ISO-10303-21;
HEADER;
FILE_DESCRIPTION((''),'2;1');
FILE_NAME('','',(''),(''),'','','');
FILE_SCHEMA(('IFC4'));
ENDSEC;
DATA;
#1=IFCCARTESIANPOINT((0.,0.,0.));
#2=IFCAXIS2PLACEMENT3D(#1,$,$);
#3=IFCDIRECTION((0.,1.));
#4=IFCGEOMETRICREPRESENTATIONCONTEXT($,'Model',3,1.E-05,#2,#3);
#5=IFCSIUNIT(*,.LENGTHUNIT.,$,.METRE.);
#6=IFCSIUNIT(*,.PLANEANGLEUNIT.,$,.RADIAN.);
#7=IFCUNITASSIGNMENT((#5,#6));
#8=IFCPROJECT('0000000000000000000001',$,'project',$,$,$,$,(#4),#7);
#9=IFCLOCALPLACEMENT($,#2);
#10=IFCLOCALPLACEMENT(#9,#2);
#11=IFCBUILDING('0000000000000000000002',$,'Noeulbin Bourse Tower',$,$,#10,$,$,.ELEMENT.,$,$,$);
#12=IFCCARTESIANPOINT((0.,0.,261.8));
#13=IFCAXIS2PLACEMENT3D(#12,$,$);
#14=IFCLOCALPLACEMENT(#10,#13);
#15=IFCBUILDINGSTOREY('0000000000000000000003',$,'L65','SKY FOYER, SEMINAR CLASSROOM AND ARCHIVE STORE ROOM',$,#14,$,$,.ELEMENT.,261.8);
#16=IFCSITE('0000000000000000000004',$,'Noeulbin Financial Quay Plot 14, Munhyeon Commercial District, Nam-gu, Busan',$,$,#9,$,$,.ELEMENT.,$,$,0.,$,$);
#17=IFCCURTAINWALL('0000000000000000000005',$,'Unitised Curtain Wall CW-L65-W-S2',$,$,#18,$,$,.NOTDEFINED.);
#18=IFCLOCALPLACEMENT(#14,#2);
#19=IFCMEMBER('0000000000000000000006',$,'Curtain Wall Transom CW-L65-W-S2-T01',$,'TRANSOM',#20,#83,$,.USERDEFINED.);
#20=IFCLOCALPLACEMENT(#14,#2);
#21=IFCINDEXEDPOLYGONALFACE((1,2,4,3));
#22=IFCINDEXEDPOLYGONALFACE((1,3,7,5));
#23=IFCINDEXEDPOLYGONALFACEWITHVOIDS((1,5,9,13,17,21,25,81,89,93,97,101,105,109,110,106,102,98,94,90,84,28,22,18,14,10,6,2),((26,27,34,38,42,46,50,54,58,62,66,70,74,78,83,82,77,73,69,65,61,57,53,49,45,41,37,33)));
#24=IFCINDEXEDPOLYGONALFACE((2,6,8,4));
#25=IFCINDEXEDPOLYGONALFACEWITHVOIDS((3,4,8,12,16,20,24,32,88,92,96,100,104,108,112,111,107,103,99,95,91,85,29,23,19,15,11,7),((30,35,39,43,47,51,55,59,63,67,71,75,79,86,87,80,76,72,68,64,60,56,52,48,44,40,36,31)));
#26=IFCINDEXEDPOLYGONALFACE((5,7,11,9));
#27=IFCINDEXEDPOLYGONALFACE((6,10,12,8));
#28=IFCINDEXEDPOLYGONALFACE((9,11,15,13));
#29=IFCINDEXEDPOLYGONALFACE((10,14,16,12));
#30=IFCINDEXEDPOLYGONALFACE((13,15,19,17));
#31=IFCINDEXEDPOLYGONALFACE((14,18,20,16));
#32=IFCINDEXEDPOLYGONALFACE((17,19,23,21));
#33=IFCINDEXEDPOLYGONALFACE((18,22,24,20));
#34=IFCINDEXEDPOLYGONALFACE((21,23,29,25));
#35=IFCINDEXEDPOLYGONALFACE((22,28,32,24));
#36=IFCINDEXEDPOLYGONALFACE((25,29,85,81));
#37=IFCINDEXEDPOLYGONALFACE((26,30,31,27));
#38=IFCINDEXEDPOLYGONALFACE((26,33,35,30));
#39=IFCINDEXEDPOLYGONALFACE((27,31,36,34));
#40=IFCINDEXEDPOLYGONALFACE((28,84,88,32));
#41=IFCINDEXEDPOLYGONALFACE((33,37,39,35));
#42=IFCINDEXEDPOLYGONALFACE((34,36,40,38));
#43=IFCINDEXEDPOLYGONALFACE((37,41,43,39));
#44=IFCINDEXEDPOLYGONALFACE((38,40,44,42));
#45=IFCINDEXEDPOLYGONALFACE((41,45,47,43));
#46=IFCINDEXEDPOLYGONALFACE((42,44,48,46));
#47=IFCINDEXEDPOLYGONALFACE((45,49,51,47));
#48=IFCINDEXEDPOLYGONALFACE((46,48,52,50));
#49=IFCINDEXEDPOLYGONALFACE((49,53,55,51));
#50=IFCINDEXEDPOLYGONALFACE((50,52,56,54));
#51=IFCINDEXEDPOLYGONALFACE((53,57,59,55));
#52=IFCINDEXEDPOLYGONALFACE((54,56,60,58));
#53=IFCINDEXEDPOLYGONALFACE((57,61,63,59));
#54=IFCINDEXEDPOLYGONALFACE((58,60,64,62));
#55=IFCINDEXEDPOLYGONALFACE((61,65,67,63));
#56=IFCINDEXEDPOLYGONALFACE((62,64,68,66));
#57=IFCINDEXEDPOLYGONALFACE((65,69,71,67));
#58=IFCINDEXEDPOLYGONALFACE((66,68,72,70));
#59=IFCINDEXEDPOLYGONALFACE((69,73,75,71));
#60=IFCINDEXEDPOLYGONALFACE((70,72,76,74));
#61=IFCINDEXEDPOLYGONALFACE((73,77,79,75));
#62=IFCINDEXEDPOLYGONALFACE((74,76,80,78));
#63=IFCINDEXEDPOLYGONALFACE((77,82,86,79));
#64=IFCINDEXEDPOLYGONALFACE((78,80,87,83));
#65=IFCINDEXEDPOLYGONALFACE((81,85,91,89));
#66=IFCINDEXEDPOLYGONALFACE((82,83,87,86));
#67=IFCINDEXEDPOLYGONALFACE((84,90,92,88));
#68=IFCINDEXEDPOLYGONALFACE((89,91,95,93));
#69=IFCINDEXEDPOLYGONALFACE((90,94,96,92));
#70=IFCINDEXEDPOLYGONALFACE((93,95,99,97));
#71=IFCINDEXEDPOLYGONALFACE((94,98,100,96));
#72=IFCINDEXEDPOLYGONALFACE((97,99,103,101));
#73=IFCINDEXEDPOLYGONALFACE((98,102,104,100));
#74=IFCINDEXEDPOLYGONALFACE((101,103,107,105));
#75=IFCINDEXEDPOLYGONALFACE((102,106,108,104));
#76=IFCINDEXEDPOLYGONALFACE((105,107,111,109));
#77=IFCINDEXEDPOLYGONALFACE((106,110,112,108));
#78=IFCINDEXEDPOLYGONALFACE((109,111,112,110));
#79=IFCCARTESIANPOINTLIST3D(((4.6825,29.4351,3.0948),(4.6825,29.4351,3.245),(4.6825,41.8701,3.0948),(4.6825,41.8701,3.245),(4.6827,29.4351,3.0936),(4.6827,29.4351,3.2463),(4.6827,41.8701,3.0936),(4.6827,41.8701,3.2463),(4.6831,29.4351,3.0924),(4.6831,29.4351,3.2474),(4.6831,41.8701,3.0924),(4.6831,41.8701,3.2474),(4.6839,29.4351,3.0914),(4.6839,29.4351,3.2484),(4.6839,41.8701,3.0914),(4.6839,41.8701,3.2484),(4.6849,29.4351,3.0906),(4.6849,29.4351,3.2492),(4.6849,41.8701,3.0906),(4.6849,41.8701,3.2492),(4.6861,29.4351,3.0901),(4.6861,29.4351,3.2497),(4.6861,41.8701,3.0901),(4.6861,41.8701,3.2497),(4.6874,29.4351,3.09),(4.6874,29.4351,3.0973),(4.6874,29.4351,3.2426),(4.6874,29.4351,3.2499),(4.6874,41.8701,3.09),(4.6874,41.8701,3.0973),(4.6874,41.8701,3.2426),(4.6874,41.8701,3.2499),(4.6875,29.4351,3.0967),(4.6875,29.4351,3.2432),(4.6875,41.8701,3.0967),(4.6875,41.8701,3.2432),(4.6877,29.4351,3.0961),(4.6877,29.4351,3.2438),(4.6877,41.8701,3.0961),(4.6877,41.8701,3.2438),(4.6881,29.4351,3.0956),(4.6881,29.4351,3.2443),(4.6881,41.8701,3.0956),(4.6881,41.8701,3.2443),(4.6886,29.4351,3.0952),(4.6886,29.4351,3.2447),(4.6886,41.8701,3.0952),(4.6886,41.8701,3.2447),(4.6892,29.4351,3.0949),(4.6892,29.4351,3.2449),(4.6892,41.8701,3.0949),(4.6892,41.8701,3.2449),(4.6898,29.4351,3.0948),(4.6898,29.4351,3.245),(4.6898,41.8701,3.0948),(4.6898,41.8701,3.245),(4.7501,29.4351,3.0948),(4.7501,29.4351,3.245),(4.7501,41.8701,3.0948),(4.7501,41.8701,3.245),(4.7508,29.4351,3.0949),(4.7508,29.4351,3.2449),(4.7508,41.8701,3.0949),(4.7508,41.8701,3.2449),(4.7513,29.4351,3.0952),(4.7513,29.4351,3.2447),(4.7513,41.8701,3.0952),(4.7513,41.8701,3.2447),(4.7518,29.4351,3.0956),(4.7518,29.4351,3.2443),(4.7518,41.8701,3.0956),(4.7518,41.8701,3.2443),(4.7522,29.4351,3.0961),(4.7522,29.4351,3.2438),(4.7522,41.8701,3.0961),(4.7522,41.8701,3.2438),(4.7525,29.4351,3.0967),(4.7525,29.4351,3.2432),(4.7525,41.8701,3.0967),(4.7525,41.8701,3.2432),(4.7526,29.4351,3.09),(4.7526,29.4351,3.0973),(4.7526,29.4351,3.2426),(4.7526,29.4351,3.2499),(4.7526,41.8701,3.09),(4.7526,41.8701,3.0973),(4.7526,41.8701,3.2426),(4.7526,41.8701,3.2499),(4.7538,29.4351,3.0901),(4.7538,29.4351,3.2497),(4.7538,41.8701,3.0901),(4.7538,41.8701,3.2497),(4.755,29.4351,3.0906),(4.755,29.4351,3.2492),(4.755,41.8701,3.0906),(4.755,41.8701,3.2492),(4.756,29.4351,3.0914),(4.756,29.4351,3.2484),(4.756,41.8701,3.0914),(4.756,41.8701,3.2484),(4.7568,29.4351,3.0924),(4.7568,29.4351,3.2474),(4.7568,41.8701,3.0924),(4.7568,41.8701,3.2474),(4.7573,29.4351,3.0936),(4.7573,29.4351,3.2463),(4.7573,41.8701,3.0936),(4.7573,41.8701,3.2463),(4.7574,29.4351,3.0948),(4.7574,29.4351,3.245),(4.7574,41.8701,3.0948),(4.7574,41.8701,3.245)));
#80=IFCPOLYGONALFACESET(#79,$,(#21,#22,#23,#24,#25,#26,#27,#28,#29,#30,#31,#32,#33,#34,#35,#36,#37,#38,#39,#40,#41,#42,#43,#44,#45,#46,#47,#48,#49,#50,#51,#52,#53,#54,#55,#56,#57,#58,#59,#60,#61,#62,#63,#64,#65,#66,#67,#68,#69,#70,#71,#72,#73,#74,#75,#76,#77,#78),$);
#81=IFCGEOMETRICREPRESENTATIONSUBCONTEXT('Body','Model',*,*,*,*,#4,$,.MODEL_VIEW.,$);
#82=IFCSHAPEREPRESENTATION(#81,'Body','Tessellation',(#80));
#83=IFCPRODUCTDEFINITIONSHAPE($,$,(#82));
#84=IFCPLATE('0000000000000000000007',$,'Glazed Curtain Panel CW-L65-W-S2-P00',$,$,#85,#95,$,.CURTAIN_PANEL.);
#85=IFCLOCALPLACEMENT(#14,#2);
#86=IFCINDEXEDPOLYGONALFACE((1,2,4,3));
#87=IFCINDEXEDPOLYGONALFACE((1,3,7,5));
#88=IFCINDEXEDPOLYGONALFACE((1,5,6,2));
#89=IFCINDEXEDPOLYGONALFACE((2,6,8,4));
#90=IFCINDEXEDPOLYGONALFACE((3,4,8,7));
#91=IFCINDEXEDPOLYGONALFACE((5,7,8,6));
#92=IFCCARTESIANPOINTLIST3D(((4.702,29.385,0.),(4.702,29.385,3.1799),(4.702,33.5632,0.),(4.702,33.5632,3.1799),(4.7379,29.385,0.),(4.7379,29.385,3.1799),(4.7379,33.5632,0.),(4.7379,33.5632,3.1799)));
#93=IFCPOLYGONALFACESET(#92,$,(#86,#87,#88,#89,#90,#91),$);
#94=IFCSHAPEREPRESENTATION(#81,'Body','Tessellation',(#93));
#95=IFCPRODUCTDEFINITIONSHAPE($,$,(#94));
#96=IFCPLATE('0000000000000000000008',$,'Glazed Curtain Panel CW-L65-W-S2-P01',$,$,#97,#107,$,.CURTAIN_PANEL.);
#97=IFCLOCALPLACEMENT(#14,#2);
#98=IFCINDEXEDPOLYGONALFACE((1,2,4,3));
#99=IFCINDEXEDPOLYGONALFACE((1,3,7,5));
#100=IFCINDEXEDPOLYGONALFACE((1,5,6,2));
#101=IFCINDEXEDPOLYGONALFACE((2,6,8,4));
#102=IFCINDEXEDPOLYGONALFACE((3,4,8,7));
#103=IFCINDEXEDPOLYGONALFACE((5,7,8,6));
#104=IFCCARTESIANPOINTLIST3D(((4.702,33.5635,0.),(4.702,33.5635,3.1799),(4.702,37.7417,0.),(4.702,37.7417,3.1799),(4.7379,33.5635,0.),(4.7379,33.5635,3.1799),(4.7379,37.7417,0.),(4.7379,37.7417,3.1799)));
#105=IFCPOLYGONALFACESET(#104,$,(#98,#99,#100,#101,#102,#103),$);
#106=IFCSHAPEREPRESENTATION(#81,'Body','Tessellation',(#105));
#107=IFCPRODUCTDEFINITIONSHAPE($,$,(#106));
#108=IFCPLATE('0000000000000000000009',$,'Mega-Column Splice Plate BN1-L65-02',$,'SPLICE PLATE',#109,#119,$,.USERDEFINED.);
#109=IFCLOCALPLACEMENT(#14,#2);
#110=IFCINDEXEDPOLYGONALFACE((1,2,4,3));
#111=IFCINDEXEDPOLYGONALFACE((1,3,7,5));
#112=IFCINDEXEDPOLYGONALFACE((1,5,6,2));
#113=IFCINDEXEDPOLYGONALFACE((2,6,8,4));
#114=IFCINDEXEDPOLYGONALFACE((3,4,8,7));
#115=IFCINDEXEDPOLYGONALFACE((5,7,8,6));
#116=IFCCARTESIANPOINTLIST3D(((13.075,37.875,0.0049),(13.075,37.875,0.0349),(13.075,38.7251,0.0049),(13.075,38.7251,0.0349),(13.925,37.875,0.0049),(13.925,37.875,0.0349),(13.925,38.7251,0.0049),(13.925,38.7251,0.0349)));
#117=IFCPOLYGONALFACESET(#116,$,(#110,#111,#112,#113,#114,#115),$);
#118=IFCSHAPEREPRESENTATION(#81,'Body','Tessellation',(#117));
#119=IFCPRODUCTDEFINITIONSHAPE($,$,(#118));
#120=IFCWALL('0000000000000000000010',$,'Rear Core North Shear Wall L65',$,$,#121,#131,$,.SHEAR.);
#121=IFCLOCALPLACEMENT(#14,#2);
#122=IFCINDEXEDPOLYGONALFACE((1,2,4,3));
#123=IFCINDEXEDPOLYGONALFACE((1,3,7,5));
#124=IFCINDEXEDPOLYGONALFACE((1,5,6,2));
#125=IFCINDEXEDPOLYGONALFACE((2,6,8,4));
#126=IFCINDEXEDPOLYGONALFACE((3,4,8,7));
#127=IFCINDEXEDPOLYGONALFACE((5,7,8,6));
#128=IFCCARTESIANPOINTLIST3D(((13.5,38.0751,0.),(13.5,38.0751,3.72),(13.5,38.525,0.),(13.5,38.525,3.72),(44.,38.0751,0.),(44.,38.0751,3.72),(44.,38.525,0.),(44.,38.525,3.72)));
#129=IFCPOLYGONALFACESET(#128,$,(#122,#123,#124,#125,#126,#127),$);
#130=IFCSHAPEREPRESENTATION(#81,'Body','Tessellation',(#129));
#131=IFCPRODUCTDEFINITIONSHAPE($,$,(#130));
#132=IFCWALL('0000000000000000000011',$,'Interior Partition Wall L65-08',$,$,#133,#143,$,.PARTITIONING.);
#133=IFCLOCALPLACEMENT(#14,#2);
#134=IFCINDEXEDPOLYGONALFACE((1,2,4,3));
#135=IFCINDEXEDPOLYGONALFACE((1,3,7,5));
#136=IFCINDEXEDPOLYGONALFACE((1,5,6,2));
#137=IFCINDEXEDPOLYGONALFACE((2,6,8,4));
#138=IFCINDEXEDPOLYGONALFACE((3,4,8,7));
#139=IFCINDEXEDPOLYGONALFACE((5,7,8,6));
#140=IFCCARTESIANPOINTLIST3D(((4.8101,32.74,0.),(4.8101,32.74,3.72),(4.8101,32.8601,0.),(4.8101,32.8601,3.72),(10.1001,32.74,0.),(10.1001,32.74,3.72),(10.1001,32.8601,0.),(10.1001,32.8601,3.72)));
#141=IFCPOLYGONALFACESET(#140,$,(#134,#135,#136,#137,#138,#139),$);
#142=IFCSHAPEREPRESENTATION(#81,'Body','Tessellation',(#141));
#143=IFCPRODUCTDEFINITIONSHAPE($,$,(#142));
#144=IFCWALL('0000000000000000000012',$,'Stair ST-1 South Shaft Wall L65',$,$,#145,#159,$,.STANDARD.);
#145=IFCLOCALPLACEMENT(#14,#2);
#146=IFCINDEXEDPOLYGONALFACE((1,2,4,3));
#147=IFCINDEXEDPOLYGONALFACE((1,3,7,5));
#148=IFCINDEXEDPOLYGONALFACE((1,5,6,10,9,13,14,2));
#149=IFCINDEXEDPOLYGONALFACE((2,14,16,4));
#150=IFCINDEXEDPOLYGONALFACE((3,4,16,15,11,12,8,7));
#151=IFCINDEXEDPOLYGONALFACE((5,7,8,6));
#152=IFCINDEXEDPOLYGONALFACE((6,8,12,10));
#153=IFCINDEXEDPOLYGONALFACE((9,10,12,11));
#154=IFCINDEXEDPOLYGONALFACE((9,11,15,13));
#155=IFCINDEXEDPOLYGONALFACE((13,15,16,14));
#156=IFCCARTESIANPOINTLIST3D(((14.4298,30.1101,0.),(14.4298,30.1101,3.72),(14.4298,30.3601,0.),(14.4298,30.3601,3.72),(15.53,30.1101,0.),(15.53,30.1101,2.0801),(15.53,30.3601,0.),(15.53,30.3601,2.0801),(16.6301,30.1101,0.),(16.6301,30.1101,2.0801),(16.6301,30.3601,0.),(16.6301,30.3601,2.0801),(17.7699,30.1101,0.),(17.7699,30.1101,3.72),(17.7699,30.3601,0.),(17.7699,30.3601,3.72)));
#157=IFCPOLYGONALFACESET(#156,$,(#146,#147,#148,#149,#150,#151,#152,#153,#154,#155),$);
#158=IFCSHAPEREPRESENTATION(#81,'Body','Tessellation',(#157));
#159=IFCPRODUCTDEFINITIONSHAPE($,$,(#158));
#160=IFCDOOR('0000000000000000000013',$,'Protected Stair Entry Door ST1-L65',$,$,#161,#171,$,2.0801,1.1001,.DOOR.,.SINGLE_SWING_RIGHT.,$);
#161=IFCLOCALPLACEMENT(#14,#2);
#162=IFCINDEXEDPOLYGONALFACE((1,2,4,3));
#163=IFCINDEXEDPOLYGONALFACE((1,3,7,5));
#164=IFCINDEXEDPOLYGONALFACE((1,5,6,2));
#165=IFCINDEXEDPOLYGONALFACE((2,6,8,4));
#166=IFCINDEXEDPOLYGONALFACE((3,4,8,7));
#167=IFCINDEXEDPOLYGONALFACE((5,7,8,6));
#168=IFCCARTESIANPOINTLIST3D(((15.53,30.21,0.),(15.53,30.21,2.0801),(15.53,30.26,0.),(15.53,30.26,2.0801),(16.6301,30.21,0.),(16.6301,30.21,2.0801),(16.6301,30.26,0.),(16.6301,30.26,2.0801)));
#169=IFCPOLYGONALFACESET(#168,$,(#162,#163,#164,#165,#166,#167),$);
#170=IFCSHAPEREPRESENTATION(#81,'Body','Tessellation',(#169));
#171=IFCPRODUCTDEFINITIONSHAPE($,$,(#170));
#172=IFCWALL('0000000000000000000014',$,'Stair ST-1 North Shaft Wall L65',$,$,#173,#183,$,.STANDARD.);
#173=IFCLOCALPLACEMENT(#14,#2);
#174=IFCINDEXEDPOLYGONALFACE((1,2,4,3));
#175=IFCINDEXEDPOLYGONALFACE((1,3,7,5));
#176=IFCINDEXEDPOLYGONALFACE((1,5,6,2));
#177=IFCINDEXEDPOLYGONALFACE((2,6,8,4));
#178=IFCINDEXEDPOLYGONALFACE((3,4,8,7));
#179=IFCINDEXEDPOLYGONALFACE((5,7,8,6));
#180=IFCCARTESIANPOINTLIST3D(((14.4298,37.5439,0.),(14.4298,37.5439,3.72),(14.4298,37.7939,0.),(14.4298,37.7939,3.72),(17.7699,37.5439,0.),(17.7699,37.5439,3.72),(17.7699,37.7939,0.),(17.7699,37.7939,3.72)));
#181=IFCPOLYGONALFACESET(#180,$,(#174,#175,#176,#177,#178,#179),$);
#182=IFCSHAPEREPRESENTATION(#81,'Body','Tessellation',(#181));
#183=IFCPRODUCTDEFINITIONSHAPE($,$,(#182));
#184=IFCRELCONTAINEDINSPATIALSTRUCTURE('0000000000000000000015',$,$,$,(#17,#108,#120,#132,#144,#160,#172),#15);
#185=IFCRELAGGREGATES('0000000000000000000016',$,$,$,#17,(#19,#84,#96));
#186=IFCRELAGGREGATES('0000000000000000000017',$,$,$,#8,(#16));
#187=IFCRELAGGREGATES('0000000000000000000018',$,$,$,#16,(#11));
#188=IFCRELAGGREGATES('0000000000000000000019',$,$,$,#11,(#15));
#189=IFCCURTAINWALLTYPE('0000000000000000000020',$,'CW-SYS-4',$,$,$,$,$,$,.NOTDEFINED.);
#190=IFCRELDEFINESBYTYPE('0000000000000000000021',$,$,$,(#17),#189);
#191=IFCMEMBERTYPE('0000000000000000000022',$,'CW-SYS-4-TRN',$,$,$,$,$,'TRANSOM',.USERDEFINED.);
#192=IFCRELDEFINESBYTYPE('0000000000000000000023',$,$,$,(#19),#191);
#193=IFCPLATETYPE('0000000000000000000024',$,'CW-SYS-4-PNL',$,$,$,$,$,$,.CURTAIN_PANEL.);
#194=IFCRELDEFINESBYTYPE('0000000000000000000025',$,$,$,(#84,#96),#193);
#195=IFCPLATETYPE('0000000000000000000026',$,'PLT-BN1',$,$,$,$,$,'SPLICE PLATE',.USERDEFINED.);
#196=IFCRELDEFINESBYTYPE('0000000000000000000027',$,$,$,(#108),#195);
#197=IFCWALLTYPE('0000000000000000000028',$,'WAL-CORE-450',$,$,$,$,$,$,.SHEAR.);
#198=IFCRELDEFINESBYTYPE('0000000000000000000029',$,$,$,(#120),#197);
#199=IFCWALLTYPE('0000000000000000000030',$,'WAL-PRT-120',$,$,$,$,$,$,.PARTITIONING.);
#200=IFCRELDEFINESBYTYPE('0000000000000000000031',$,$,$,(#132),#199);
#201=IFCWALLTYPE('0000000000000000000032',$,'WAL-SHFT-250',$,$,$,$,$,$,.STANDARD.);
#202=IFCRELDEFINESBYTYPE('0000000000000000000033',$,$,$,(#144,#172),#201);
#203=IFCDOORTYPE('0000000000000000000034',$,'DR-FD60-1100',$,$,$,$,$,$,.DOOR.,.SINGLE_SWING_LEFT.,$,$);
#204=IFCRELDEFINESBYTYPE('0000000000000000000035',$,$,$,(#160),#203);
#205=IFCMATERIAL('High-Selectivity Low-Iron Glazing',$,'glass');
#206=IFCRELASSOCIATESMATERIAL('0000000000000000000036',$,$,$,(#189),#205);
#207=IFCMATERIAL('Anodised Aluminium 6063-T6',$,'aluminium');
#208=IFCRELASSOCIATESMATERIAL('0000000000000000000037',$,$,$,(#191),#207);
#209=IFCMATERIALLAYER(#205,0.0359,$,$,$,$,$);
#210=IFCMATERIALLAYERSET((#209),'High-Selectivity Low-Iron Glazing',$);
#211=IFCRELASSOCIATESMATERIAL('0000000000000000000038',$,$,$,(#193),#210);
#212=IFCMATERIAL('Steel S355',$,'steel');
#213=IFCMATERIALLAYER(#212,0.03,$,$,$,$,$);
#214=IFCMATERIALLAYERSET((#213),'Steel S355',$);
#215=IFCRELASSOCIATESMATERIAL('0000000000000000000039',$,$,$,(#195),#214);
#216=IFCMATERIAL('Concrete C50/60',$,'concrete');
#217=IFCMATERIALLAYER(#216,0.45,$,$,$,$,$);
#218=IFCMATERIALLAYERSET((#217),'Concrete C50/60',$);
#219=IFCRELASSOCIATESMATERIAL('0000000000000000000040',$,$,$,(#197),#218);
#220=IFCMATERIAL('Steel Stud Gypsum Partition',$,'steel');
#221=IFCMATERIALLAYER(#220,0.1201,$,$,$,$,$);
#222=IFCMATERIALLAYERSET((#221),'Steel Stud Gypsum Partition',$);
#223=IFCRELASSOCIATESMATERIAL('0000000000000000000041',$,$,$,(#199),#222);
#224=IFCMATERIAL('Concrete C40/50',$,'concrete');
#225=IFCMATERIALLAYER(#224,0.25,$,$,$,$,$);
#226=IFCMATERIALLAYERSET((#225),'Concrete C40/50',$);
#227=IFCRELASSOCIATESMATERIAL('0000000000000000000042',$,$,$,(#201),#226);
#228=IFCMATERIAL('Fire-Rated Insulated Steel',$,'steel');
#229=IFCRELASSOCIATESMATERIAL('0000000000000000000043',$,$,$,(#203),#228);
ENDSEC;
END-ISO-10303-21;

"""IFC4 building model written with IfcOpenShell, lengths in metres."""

from ifc_helpers import new_model, si_unit, direction, frame, frame_2d, origin, origin_2d, place, context, subcontext, project, spatial, rectangle, hollow_rectangle, extrude, material, layer, layer_set, material_profile, profile_set, type_object, element, fill, aggregate, save


model = new_model("IFC4")

# Units and contexts
model_context = context("Model", 3, precision=1e-05, world=origin(), true_north=direction((0.0, 1.0)))
body_context = subcontext(model_context, "Body", "Model", "MODEL_VIEW")
ifc_project = project(units=[si_unit("LENGTHUNIT", "METRE"), si_unit("PLANEANGLEUNIT", "RADIAN")], contexts=[model_context])

# Site, building, storey
site_placement = place(None, origin())
site = spatial("IfcSite", under=ifc_project, at=site_placement, Name="Noeulbin Financial Quay Plot 14, Munhyeon Commercial District, Nam-gu, Busan", CompositionType="ELEMENT", RefElevation=0.0)
building_placement = place(site_placement, origin())
building = spatial("IfcBuilding", under=site, at=building_placement, Name="Noeulbin Bourse Tower", CompositionType="ELEMENT")
storey_placement = place(building_placement, frame((0.0, 0.0, 261.8)))
storey = spatial("IfcBuildingStorey", under=building, at=storey_placement, Name="L65", Description="SKY FOYER, SEMINAR CLASSROOM AND ARCHIVE STORE ROOM", CompositionType="ELEMENT", Elevation=261.8)

# Shared definitions
ifc_material_1 = material(Name="Steel S355", Category="steel")

# Curtain wall, member, plates
ifc_material_2 = material(Name="High-Selectivity Low-Iron Glazing", Category="glass")
curtain_wall_type = type_object("IfcCurtainWallType", Name="CW-SYS-4", PredefinedType="NOTDEFINED", material=ifc_material_2)
curtain_wall_placement = place(storey_placement, origin())
curtain_wall = element("IfcCurtainWall", 1, at=curtain_wall_placement, inside=storey, type_object=curtain_wall_type, Name="Unitised Curtain Wall CW-L65-W-S2", PredefinedType="NOTDEFINED")
ifc_material_3 = material(Name="Anodised Aluminium 6063-T6", Category="aluminium")
ifc_material_profile_1 = material_profile(ifc_material_3, hollow_rectangle(XDim=0.075, YDim=0.1599, WallThickness=0.0049, InnerFilletRadius=0.0024, OuterFilletRadius=0.0049, at=origin_2d()), Name="ALU-TRAN-75x160x5", Category="LoadBearing")
ifc_profile_set_1 = profile_set([ifc_material_profile_1], Name="Anodised Aluminium 6063-T6")
member_type_1 = type_object("IfcMemberType", Name="CW-SYS-4-TRN", ElementType="TRANSOM", PredefinedType="USERDEFINED", material=ifc_profile_set_1)
member_1_placement = place(storey_placement, frame((4.72, 29.4351, 3.1699), z_axis=(0.0, 1.0, 0.0), x_axis=(-1.0, 0.0, 0.0)))
member_1 = element("IfcMember", 2, at=member_1_placement, type_object=member_type_1, Name="Curtain Wall Transom CW-L65-W-S2-T01", ObjectType="TRANSOM", PredefinedType="USERDEFINED", context=body_context, shape_type="SweptSolid", body=[
    extrude(hollow_rectangle(XDim=0.075, YDim=0.1599, WallThickness=0.0049, InnerFilletRadius=0.0024, OuterFilletRadius=0.0049, at=origin_2d()), origin(), (0.0, 0.0, 1.0), 12.4351),
])
ifc_layer_1 = layer(ifc_material_2, 0.0359)
ifc_layer_set_1 = layer_set([ifc_layer_1], Name="High-Selectivity Low-Iron Glazing")
plate_type_1 = type_object("IfcPlateType", Name="CW-SYS-4-PNL", PredefinedType="CURTAIN_PANEL", material=ifc_layer_set_1)
plate_1_placement = place(storey_placement, frame((4.72, 31.4741, 0.0), z_axis=(0.0, 0.0, 1.0), x_axis=(0.0, 1.0, 0.0)))
plate_1 = element("IfcPlate", 3, at=plate_1_placement, type_object=plate_type_1, Name="Glazed Curtain Panel CW-L65-W-S2-P00", PredefinedType="CURTAIN_PANEL", context=body_context, shape_type="SweptSolid", body=[
    extrude(rectangle(XDim=4.1782, YDim=0.0359, at=origin_2d()), origin(), (0.0, 0.0, 1.0), 3.1799),
])
plate_2_placement = place(storey_placement, frame((4.72, 35.6526, 0.0), z_axis=(0.0, 0.0, 1.0), x_axis=(0.0, 1.0, 0.0)))
plate_2 = element("IfcPlate", 4, at=plate_2_placement, type_object=plate_type_1, Name="Glazed Curtain Panel CW-L65-W-S2-P01", PredefinedType="CURTAIN_PANEL", context=body_context, shape_type="SweptSolid", body=[
    extrude(rectangle(XDim=4.1782, YDim=0.0359, at=origin_2d()), origin(), (0.0, 0.0, 1.0), 3.1799),
])
aggregate(curtain_wall, [member_1, plate_1, plate_2])

# Plate
ifc_layer_2 = layer(ifc_material_1, 0.03)
ifc_layer_set_2 = layer_set([ifc_layer_2], Name="Steel S355")
plate_type_2 = type_object("IfcPlateType", Name="PLT-BN1", ElementType="SPLICE PLATE", PredefinedType="USERDEFINED", material=ifc_layer_set_2)
plate_3_placement = place(storey_placement, frame((13.5, 38.3, 0.0049), z_axis=(0.0, 0.0, 1.0), x_axis=(1.0, 0.0, 0.0)))
element("IfcPlate", 5, at=plate_3_placement, inside=storey, type_object=plate_type_2, Name="Mega-Column Splice Plate BN1-L65-02", ObjectType="SPLICE PLATE", PredefinedType="USERDEFINED", context=body_context, shape_type="SweptSolid", body=[
    extrude(rectangle(XDim=0.8501, YDim=0.8501, at=origin_2d()), origin(), (0.0, 0.0, 1.0), 0.03),
])

# Walls
ifc_material_4 = material(Name="Concrete C50/60", Category="concrete")
ifc_layer_3 = layer(ifc_material_4, 0.45)
ifc_layer_set_3 = layer_set([ifc_layer_3], Name="Concrete C50/60")
wall_type_1 = type_object("IfcWallType", Name="WAL-CORE-450", PredefinedType="SHEAR", material=ifc_layer_set_3)
wall_1_placement = place(storey_placement, frame((13.5, 38.3, 0.0), z_axis=(0.0, 0.0, 1.0), x_axis=(1.0, 0.0, 0.0)))
element("IfcWall", 6, at=wall_1_placement, inside=storey, type_object=wall_type_1, Name="Rear Core North Shear Wall L65", PredefinedType="SHEAR", context=body_context, shape_type="SweptSolid", body=[
    extrude(rectangle(XDim=30.5, YDim=0.45, at=frame_2d((15.25, 0.0))), origin(), (0.0, 0.0, 1.0), 3.72),
])
ifc_material_5 = material(Name="Steel Stud Gypsum Partition", Category="steel")
ifc_layer_4 = layer(ifc_material_5, 0.1201)
ifc_layer_set_4 = layer_set([ifc_layer_4], Name="Steel Stud Gypsum Partition")
wall_type_2 = type_object("IfcWallType", Name="WAL-PRT-120", PredefinedType="PARTITIONING", material=ifc_layer_set_4)
wall_2_placement = place(storey_placement, frame((4.8101, 32.8, 0.0), z_axis=(0.0, 0.0, 1.0), x_axis=(1.0, 0.0, 0.0)))
element("IfcWall", 7, at=wall_2_placement, inside=storey, type_object=wall_type_2, Name="Interior Partition Wall L65-08", PredefinedType="PARTITIONING", context=body_context, shape_type="SweptSolid", body=[
    extrude(rectangle(XDim=5.29, YDim=0.1201, at=frame_2d((2.645, 0.0))), origin(), (0.0, 0.0, 1.0), 3.72),
])

# Wall, opening, door
ifc_material_6 = material(Name="Concrete C40/50", Category="concrete")
ifc_layer_5 = layer(ifc_material_6, 0.25)
ifc_layer_set_5 = layer_set([ifc_layer_5], Name="Concrete C40/50")
wall_type_3 = type_object("IfcWallType", Name="WAL-SHFT-250", PredefinedType="STANDARD", material=ifc_layer_set_5)
wall_3_placement = place(storey_placement, frame((14.4299, 30.2351, 0.0), z_axis=(0.0, 0.0, 1.0), x_axis=(1.0, 0.0, 0.0)))
wall_3 = element("IfcWall", 8, at=wall_3_placement, inside=storey, type_object=wall_type_3, Name="Stair ST-1 South Shaft Wall L65", PredefinedType="STANDARD", context=body_context, shape_type="SweptSolid", body=[
    extrude(rectangle(XDim=3.3401, YDim=0.25, at=frame_2d((1.6699, 0.0))), origin(), (0.0, 0.0, 1.0), 3.72),
])
opening_placement = place(wall_3_placement, frame((1.1001, 0.0, 0.0)))
opening = element("IfcOpeningElement", 9, at=opening_placement, cuts=wall_3, PredefinedType="OPENING", context=body_context, shape_type="SweptSolid", body=[
    extrude(rectangle(XDim=1.1001, YDim=2.0801, at=frame_2d((0.55, 1.04))), frame((0.0, 0.135, 0.0), z_axis=(0.0, -1.0, 0.0), x_axis=(1.0, 0.0, 0.0)), (0.0, 0.0, 1.0), 0.27),
])
ifc_material_7 = material(Name="Fire-Rated Insulated Steel", Category="steel")
door_type = type_object("IfcDoorType", Name="DR-FD60-1100", OperationType="SINGLE_SWING_LEFT", PredefinedType="DOOR", material=ifc_material_7)
door_placement = place(opening_placement, origin())
door = element("IfcDoor", 10, at=door_placement, inside=storey, type_object=door_type, Name="Protected Stair Entry Door ST1-L65", OperationType="SINGLE_SWING_RIGHT", OverallHeight=2.0801, OverallWidth=1.1001, PredefinedType="DOOR", context=body_context, shape_type="SweptSolid", body=[
    extrude(rectangle(XDim=1.1001, YDim=2.0801, at=frame_2d((0.55, 1.04))), frame((0.0, 0.0249, 0.0), z_axis=(0.0, -1.0, 0.0), x_axis=(1.0, 0.0, 0.0)), (0.0, 0.0, 1.0), 0.05),
])
fill(opening, door)

# Wall
wall_4_placement = place(storey_placement, frame((14.4299, 37.6689, 0.0), z_axis=(0.0, 0.0, 1.0), x_axis=(1.0, 0.0, 0.0)))
element("IfcWall", 11, at=wall_4_placement, inside=storey, type_object=wall_type_3, Name="Stair ST-1 North Shaft Wall L65", PredefinedType="STANDARD", context=body_context, shape_type="SweptSolid", body=[
    extrude(rectangle(XDim=3.3401, YDim=0.25, at=frame_2d((1.6699, 0.0))), origin(), (0.0, 0.0, 1.0), 3.72),
])

save(model, "model.ifc")
